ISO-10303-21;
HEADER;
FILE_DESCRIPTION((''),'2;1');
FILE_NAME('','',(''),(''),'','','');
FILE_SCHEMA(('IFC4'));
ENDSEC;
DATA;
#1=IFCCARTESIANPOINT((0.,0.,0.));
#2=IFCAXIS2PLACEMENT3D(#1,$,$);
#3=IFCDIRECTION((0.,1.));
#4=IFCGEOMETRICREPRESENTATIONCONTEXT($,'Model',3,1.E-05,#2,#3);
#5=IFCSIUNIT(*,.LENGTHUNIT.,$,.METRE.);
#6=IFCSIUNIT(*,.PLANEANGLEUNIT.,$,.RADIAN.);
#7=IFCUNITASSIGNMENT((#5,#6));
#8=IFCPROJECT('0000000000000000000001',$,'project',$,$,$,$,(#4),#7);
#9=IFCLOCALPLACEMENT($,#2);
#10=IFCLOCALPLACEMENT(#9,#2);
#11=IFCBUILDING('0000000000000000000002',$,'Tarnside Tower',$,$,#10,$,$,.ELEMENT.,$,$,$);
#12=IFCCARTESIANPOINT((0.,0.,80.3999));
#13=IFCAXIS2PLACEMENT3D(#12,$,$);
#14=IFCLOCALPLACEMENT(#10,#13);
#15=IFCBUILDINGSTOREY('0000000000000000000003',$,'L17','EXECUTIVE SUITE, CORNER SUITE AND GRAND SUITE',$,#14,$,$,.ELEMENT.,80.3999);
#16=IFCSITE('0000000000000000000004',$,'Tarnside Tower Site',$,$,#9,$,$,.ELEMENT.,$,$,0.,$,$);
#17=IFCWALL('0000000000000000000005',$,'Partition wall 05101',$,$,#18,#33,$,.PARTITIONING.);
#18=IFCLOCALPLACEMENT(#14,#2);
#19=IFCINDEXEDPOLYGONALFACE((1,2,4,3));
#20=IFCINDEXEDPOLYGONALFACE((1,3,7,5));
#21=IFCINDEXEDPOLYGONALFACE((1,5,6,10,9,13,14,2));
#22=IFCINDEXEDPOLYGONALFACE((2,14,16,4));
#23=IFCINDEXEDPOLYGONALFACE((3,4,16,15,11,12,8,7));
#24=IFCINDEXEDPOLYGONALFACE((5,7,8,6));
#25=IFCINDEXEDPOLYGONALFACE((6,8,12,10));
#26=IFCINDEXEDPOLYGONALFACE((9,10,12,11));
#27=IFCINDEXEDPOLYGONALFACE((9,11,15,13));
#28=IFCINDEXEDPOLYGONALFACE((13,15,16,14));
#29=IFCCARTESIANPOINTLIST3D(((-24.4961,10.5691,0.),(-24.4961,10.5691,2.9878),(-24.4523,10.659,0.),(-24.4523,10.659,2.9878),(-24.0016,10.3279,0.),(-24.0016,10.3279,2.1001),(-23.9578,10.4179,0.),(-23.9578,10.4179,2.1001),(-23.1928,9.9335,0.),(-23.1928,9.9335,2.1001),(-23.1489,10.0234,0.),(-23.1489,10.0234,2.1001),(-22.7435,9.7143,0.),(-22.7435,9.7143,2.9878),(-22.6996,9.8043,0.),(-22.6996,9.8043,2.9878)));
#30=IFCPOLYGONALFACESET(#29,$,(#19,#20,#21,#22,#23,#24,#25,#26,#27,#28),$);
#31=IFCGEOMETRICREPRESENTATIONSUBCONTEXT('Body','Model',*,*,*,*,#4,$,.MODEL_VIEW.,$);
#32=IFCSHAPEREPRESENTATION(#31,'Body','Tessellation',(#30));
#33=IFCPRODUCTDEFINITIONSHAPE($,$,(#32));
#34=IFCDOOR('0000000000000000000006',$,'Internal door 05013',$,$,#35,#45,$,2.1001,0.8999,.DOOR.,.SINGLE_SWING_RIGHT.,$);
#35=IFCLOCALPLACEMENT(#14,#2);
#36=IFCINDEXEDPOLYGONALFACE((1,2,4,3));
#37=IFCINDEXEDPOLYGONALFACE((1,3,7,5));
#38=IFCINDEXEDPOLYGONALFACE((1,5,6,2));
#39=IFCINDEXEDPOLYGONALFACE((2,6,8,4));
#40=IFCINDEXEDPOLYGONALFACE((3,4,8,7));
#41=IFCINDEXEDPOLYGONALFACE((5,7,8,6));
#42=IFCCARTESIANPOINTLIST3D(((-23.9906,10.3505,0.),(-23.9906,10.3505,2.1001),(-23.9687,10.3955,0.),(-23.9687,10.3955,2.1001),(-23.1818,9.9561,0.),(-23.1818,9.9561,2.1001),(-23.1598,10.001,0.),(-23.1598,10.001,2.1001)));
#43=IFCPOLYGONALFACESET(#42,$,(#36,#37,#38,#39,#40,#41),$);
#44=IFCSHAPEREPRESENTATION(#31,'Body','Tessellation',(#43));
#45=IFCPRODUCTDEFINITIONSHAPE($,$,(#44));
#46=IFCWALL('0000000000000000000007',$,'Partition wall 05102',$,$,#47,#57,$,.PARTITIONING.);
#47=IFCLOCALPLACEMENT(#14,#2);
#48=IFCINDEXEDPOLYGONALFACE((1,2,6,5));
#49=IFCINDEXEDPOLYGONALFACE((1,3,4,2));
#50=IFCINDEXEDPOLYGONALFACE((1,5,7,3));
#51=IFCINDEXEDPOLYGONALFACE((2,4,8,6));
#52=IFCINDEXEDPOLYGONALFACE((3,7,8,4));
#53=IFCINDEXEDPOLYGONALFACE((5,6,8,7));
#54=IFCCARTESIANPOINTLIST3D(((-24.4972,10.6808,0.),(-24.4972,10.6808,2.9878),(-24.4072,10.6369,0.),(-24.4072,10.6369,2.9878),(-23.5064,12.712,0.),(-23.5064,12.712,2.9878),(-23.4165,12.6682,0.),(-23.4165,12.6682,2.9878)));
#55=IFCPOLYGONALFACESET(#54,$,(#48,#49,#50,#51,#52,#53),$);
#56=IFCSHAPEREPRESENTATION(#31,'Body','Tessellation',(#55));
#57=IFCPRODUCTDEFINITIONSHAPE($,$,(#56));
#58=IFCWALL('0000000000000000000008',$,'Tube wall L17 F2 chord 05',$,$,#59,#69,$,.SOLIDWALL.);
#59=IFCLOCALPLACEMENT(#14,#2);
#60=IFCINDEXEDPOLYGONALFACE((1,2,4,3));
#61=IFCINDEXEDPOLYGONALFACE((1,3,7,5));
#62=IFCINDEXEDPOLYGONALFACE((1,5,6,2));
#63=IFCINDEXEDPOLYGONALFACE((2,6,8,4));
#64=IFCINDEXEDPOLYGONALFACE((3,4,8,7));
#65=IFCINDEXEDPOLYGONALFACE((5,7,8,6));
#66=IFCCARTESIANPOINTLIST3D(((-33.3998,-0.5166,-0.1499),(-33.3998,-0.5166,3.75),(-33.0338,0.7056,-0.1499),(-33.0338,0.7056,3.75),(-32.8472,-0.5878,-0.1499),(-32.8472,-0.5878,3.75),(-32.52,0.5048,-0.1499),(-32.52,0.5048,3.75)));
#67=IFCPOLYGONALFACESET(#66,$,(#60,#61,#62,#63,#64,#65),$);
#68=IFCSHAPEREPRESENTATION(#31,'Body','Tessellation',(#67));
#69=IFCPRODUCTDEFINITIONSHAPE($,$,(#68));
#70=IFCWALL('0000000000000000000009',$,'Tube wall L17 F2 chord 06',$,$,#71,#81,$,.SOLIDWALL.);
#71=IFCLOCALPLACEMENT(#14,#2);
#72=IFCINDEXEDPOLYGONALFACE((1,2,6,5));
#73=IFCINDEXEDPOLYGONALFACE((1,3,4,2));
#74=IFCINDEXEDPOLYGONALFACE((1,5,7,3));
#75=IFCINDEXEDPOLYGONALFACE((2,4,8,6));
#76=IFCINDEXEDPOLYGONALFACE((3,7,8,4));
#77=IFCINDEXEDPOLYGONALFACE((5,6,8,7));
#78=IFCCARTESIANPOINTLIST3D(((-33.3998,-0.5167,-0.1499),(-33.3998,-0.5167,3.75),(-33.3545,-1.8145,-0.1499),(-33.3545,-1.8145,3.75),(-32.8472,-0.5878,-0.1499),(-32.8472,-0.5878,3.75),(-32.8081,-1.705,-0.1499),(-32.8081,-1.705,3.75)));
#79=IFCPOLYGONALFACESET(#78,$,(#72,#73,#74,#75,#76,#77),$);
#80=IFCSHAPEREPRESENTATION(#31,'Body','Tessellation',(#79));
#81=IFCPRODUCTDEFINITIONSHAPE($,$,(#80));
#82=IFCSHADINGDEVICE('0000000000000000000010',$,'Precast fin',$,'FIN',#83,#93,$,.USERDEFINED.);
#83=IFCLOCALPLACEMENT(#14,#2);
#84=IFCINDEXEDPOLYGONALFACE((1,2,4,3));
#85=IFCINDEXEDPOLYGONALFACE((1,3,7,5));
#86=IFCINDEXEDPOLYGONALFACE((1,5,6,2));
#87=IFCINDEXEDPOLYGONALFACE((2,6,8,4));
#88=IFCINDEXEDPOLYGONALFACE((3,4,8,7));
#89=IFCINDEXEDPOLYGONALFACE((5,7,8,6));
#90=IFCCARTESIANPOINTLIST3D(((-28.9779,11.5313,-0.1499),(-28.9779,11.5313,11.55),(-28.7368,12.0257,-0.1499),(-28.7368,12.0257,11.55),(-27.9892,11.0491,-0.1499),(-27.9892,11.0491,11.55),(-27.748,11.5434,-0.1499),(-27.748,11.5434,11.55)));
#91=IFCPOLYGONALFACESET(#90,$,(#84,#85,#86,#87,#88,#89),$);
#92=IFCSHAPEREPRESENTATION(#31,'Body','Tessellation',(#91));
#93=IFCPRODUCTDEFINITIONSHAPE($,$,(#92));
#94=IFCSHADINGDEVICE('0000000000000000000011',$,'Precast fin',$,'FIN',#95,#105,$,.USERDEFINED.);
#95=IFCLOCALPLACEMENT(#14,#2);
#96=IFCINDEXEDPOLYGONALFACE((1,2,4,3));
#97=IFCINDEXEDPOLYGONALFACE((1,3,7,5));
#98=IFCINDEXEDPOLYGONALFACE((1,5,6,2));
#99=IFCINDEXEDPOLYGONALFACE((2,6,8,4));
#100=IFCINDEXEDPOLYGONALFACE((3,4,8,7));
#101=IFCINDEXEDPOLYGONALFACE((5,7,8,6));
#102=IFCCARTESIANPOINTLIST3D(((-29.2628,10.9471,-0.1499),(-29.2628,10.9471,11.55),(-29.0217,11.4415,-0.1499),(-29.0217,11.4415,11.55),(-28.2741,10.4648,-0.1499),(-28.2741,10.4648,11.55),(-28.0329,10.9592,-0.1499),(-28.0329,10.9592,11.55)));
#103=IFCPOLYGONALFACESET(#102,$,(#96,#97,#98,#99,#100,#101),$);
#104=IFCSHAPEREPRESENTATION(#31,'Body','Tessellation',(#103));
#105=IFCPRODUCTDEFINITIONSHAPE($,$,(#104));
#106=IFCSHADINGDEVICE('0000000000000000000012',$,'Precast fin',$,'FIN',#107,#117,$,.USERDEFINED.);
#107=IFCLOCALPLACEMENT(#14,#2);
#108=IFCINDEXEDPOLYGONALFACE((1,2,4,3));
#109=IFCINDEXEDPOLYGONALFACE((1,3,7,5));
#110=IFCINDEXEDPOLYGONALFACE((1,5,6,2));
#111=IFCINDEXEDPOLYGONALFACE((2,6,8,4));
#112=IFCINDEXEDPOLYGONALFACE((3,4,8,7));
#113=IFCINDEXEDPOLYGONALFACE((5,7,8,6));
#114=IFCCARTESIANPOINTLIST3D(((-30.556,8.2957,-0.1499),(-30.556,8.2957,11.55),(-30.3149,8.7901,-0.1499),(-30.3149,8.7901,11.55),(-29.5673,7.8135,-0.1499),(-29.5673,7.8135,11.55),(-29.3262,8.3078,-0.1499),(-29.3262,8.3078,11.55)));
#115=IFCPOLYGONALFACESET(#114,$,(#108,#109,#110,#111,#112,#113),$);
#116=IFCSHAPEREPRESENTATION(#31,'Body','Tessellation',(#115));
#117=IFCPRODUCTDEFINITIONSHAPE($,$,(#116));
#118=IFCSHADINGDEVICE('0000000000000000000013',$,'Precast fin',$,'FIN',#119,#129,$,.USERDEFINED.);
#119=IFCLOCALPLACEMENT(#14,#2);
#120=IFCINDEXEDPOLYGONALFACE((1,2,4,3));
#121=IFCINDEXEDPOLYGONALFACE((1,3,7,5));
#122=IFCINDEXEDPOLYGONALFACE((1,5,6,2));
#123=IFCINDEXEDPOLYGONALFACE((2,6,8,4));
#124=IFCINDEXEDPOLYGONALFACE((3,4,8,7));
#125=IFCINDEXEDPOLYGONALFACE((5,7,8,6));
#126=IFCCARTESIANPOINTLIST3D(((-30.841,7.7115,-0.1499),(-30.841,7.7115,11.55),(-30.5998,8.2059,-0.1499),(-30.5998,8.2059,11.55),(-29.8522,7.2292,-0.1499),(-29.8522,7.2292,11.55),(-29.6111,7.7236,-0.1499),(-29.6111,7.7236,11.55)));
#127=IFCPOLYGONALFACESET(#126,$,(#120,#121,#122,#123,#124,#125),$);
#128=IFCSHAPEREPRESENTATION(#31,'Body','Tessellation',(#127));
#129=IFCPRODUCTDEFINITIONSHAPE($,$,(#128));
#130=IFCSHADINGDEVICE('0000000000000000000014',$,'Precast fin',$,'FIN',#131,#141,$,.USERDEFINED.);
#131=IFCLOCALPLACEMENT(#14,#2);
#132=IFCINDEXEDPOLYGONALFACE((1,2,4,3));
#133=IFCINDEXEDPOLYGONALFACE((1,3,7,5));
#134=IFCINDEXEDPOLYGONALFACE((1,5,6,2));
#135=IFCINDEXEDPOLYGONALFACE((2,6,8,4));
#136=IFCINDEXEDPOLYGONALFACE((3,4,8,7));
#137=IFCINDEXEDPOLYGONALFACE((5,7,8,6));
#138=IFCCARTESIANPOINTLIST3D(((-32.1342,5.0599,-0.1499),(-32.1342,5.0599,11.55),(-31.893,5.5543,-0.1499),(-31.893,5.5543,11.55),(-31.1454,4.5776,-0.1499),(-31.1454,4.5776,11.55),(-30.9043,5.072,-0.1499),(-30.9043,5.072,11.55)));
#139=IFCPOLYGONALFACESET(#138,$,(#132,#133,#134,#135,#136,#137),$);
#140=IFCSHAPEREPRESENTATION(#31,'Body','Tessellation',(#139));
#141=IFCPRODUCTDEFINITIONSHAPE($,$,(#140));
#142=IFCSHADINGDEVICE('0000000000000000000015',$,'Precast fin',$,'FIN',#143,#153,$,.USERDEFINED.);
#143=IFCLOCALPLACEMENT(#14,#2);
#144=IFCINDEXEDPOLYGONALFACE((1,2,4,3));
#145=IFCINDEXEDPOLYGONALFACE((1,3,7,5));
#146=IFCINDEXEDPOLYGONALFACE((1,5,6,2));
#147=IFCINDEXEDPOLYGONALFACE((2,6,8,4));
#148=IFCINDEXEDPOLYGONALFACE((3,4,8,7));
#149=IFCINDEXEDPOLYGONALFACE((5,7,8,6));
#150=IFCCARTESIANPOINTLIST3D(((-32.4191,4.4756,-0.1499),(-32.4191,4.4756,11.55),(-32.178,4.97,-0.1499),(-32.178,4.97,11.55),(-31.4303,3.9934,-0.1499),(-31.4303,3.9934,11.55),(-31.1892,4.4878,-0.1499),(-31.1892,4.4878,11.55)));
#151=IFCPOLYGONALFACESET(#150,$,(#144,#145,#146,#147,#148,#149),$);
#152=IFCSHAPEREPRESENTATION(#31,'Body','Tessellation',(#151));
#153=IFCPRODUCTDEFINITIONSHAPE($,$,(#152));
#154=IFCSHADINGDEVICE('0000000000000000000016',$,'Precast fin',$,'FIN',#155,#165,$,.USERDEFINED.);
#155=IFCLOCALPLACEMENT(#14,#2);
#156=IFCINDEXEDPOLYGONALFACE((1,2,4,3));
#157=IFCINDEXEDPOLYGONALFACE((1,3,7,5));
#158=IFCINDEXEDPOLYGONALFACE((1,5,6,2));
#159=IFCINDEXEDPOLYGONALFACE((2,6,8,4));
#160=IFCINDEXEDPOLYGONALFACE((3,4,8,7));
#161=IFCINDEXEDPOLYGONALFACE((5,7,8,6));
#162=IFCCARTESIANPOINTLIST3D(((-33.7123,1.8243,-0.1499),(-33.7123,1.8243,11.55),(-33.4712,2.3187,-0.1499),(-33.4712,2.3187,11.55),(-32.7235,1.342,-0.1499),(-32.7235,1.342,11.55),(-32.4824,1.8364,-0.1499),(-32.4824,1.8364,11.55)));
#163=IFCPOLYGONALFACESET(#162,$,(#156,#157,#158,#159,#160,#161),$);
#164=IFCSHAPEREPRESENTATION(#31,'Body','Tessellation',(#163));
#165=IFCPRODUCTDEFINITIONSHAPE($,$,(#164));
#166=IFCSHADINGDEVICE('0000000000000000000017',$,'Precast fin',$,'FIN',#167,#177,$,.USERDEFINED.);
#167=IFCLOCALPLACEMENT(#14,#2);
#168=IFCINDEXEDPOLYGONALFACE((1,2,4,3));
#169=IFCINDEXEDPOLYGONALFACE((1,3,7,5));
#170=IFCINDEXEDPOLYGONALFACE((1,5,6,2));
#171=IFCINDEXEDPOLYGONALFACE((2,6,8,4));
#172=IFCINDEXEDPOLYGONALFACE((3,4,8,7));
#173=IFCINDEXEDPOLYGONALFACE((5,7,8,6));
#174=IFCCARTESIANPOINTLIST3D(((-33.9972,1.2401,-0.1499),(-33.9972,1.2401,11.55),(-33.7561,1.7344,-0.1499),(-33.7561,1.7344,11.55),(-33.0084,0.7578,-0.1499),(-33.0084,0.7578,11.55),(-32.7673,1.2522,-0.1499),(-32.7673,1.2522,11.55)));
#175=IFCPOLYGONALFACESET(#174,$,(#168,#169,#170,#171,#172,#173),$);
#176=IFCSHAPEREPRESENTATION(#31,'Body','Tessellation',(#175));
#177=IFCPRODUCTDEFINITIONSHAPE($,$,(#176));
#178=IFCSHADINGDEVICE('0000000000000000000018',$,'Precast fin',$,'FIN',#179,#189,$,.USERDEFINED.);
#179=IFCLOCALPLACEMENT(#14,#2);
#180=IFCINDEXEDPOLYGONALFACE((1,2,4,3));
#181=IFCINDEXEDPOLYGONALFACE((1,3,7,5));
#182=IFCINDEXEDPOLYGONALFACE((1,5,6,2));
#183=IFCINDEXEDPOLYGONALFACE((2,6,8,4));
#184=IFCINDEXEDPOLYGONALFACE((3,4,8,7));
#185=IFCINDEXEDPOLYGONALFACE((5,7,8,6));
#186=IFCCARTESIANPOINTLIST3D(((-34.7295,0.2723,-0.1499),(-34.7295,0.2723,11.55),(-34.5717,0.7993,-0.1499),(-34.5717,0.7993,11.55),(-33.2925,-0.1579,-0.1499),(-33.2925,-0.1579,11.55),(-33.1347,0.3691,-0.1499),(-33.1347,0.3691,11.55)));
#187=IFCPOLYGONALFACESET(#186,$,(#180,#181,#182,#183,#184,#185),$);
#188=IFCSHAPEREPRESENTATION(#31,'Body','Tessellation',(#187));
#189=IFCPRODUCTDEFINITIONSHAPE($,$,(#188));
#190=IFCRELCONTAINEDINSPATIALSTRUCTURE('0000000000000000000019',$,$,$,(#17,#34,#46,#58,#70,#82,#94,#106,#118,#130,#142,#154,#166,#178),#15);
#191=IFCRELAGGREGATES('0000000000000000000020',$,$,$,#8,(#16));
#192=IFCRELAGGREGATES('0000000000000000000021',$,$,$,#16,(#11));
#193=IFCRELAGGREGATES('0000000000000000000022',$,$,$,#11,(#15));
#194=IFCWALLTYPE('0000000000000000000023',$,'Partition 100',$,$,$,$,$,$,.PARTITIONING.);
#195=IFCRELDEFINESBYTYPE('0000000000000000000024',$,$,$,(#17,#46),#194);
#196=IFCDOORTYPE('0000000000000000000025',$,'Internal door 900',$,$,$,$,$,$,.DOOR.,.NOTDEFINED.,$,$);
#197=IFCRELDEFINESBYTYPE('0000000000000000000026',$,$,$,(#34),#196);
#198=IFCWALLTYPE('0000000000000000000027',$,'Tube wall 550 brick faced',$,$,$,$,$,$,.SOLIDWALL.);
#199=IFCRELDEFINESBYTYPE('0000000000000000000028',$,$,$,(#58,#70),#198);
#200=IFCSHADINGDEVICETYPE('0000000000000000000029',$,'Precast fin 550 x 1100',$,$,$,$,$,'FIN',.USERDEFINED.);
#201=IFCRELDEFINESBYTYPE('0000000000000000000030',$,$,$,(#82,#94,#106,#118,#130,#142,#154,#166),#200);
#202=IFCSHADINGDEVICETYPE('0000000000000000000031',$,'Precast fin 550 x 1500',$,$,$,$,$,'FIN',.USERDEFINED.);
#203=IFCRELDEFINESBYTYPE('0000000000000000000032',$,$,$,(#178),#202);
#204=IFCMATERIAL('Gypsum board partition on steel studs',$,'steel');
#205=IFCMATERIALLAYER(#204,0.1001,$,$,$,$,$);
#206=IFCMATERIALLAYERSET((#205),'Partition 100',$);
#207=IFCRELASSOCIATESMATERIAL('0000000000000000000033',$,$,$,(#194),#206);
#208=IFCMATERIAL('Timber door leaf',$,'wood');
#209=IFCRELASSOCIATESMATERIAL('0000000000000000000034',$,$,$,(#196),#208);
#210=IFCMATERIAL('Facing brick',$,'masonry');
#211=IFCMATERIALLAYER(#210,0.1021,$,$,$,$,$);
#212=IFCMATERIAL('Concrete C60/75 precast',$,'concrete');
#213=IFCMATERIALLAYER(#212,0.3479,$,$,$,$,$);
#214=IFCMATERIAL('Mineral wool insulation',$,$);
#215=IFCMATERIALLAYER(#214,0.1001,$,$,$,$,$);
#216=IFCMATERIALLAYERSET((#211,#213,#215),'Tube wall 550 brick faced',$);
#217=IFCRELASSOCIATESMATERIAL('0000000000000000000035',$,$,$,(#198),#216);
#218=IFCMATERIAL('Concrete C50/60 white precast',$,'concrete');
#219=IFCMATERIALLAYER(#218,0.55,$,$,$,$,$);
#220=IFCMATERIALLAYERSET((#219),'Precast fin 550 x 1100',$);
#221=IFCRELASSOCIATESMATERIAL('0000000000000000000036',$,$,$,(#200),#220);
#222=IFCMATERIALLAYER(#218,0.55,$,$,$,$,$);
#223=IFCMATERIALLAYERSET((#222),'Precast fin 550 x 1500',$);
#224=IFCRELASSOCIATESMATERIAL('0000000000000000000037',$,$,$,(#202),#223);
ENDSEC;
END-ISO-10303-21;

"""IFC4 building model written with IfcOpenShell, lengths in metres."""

from ifc_helpers import new_model, si_unit, direction, frame, frame_2d, origin, place, context, subcontext, project, spatial, polyline, rectangle, outline, extrude, material, layer, layer_set, type_object, element, fill, save


model = new_model("IFC4")

# Units and contexts
model_context = context("Model", 3, precision=1e-05, world=origin(), true_north=direction((0.0, 1.0)))
body_context = subcontext(model_context, "Body", "Model", "MODEL_VIEW")
ifc_project = project(units=[si_unit("LENGTHUNIT", "METRE"), si_unit("PLANEANGLEUNIT", "RADIAN")], contexts=[model_context])

# Site, building, storey
site_placement = place(None, origin())
site = spatial("IfcSite", under=ifc_project, at=site_placement, Name="Tarnside Tower Site", CompositionType="ELEMENT", RefElevation=0.0)
building_placement = place(site_placement, origin())
building = spatial("IfcBuilding", under=site, at=building_placement, Name="Tarnside Tower", CompositionType="ELEMENT")
storey_placement = place(building_placement, frame((0.0, 0.0, 80.3999)))
storey = spatial("IfcBuildingStorey", under=building, at=storey_placement, Name="L17", Description="EXECUTIVE SUITE, CORNER SUITE AND GRAND SUITE", CompositionType="ELEMENT", Elevation=80.3999)

# Shared definitions
ifc_material_1 = material(Name="Gypsum board partition on steel studs", Category="steel")
ifc_material_2 = material(Name="Timber door leaf", Category="wood")

# Wall, opening, door
ifc_layer_1 = layer(ifc_material_1, 0.1001)
ifc_layer_set_1 = layer_set([ifc_layer_1], Name="Partition 100")
wall_type_1 = type_object("IfcWallType", Name="Partition 100", PredefinedType="PARTITIONING", material=ifc_layer_set_1)
wall_1_placement = place(storey_placement, frame((-22.7214, 9.7593, 0.0), z_axis=(0.0, 0.0, 1.0), x_axis=(-0.898815, 0.438327, 0.0)))
wall_1 = element("IfcWall", 1, at=wall_1_placement, inside=storey, type_object=wall_type_1, Name="Partition wall 05101", PredefinedType="PARTITIONING", context=body_context, shape_type="SweptSolid", body=[
    extrude(rectangle(XDim=1.95, YDim=0.1001, at=frame_2d((0.9751, 0.0))), origin(), (0.0, 0.0, 1.0), 2.9878),
])
opening_1_placement = place(wall_1_placement, frame((0.5, 0.0, 0.0)))
opening_1 = element("IfcOpeningElement", 2, at=opening_1_placement, cuts=wall_1, PredefinedType="OPENING", context=body_context, shape_type="SweptSolid", body=[
    extrude(rectangle(XDim=0.8999, YDim=2.1001, at=frame_2d((0.45, 1.05))), frame((0.0, 0.0601, 0.0), z_axis=(0.0, -1.0, 0.0), x_axis=(1.0, 0.0, 0.0)), (0.0, 0.0, 1.0), 0.1201),
])
door_type_1 = type_object("IfcDoorType", Name="Internal door 900", OperationType="NOTDEFINED", PredefinedType="DOOR", material=ifc_material_2)
door_1_placement = place(opening_1_placement, origin())
door_1 = element("IfcDoor", 3, at=door_1_placement, inside=storey, type_object=door_type_1, Name="Internal door 05013", OperationType="SINGLE_SWING_RIGHT", OverallHeight=2.1001, OverallWidth=0.8999, PredefinedType="DOOR", context=body_context, shape_type="SweptSolid", body=[
    extrude(rectangle(XDim=0.8999, YDim=2.1001, at=frame_2d((0.45, 1.05))), frame((0.0, 0.0249, 0.0), z_axis=(0.0, -1.0, 0.0), x_axis=(1.0, 0.0, 0.0)), (0.0, 0.0, 1.0), 0.05),
])
fill(opening_1, door_1)

# Walls
wall_2_placement = place(storey_placement, frame((-24.4521, 10.6589, 0.0), z_axis=(0.0, 0.0, 1.0), x_axis=(0.438377, 0.898791, 0.0)))
element("IfcWall", 4, at=wall_2_placement, inside=storey, type_object=wall_type_1, Name="Partition wall 05102", PredefinedType="PARTITIONING", context=body_context, shape_type="SweptSolid", body=[
    extrude(rectangle(XDim=2.26, YDim=0.1001, at=frame_2d((1.1299, 0.0))), origin(), (0.0, 0.0, 1.0), 2.9878),
])
ifc_material_3 = material(Name="Facing brick", Category="masonry")
ifc_layer_2 = layer(ifc_material_3, 0.1021)
ifc_material_4 = material(Name="Concrete C60/75 precast", Category="concrete")
ifc_layer_3 = layer(ifc_material_4, 0.3479)
ifc_material_5 = material(Name="Mineral wool insulation")
ifc_layer_4 = layer(ifc_material_5, 0.1001)
ifc_layer_set_2 = layer_set([ifc_layer_2, ifc_layer_3, ifc_layer_4], Name="Tube wall 550 brick faced")
wall_type_2 = type_object("IfcWallType", Name="Tube wall 550 brick faced", PredefinedType="SOLIDWALL", material=ifc_layer_set_2)
wall_3_placement = place(storey_placement, frame((-32.7769, 0.6052, -0.1499), z_axis=(0.0, 0.0, 1.0), x_axis=(-0.286921, -0.957954, 0.0)))
element("IfcWall", 5, at=wall_3_placement, inside=storey, type_object=wall_type_2, Name="Tube wall L17 F2 chord 05", PredefinedType="SOLIDWALL", context=body_context, shape_type="SweptSolid", body=[
    extrude(outline(polyline([(-0.0225, -0.2749), (1.2534, -0.2749), (1.1631, 0.2749), (0.0225, 0.2749), (-0.0225, -0.2749)])), origin(), (0.0, 0.0, 1.0), 3.8999),
])
wall_4_placement = place(storey_placement, frame((-33.1235, -0.5522, -0.1499), z_axis=(0.0, 0.0, 1.0), x_axis=(0.034956, -0.999389, 0.0)))
element("IfcWall", 6, at=wall_4_placement, inside=storey, type_object=wall_type_2, Name="Tube wall L17 F2 chord 06", PredefinedType="SOLIDWALL", context=body_context, shape_type="SweptSolid", body=[
    extrude(outline(polyline([(-0.0452, -0.2749), (1.2534, -0.2749), (1.1631, 0.2749), (0.0452, 0.2749), (-0.0452, -0.2749)])), origin(), (0.0, 0.0, 1.0), 3.8999),
])

# Shading devices
ifc_material_6 = material(Name="Concrete C50/60 white precast", Category="concrete")
ifc_layer_5 = layer(ifc_material_6, 0.55)
ifc_layer_set_3 = layer_set([ifc_layer_5], Name="Precast fin 550 x 1100")
shading_device_type_1 = type_object("IfcShadingDeviceType", Name="Precast fin 550 x 1100", ElementType="FIN", PredefinedType="USERDEFINED", material=ifc_layer_set_3)
for number, where, z_axis, x_axis, name in (
    (7, (-27.8687, 11.2961, -0.1499), (0.438371, 0.898794, 0.0), (-0.898794, 0.438371, 0.0), "Precast fin"),
    (8, (-28.1536, 10.7119, -0.1499), (0.438371, 0.898794, 0.0), (-0.898794, 0.438371, 0.0), "Precast fin"),
    (9, (-29.4468, 8.0605, -0.1499), (0.438371, 0.898794, 0.0), (-0.898794, 0.438371, 0.0), "Precast fin"),
    (10, (-29.7317, 7.4763, -0.1499), (0.438371, 0.898794, 0.0), (-0.898794, 0.438371, 0.0), "Precast fin"),
    (11, (-31.0249, 4.8247, -0.1499), (0.438371, 0.898794, 0.0), (-0.898794, 0.438371, 0.0), "Precast fin"),
    (12, (-31.3098, 4.2405, -0.1499), (0.438371, 0.898794, 0.0), (-0.898794, 0.438371, 0.0), "Precast fin"),
    (13, (-32.603, 1.5891, -0.1499), (0.438371, 0.898794, 0.0), (-0.898794, 0.438371, 0.0), "Precast fin"),
    (14, (-32.8879, 1.0049, -0.1499), (0.438371, 0.898794, 0.0), (-0.898794, 0.438371, 0.0), "Precast fin"),
):
    element("IfcShadingDevice", number, at=place(storey_placement, frame(where, z_axis=z_axis, x_axis=x_axis)), inside=storey, type_object=shading_device_type_1, Name=name, ObjectType="FIN", PredefinedType="USERDEFINED", context=body_context, shape_type="SweptSolid", body=[
        extrude(outline(polyline([(0.0, 0.0), (1.1001, 0.0), (1.1001, 11.7), (0.0, 11.7), (0.0, 0.0)])), frame((0.0, 0.0, -0.2749)), (0.0, 0.0, 1.0), 0.55),
    ])
ifc_layer_6 = layer(ifc_material_6, 0.55)
ifc_layer_set_4 = layer_set([ifc_layer_6], Name="Precast fin 550 x 1500")
shading_device_type_2 = type_object("IfcShadingDeviceType", Name="Precast fin 550 x 1500", ElementType="FIN", PredefinedType="USERDEFINED", material=ifc_layer_set_4)
shading_device_placement = place(storey_placement, frame((-33.2136, 0.1055, -0.1499), z_axis=(0.286803, 0.95799, 0.0), x_axis=(-0.95799, 0.286803, 0.0)))
element("IfcShadingDevice", 15, at=shading_device_placement, inside=storey, type_object=shading_device_type_2, Name="Precast fin", ObjectType="FIN", PredefinedType="USERDEFINED", context=body_context, shape_type="SweptSolid", body=[
    extrude(outline(polyline([(0.0, 0.0), (1.5, 0.0), (1.5, 11.7), (0.0, 11.7), (0.0, 0.0)])), frame((0.0, 0.0, -0.2749)), (0.0, 0.0, 1.0), 0.55),
])

save(model, "model.ifc")
